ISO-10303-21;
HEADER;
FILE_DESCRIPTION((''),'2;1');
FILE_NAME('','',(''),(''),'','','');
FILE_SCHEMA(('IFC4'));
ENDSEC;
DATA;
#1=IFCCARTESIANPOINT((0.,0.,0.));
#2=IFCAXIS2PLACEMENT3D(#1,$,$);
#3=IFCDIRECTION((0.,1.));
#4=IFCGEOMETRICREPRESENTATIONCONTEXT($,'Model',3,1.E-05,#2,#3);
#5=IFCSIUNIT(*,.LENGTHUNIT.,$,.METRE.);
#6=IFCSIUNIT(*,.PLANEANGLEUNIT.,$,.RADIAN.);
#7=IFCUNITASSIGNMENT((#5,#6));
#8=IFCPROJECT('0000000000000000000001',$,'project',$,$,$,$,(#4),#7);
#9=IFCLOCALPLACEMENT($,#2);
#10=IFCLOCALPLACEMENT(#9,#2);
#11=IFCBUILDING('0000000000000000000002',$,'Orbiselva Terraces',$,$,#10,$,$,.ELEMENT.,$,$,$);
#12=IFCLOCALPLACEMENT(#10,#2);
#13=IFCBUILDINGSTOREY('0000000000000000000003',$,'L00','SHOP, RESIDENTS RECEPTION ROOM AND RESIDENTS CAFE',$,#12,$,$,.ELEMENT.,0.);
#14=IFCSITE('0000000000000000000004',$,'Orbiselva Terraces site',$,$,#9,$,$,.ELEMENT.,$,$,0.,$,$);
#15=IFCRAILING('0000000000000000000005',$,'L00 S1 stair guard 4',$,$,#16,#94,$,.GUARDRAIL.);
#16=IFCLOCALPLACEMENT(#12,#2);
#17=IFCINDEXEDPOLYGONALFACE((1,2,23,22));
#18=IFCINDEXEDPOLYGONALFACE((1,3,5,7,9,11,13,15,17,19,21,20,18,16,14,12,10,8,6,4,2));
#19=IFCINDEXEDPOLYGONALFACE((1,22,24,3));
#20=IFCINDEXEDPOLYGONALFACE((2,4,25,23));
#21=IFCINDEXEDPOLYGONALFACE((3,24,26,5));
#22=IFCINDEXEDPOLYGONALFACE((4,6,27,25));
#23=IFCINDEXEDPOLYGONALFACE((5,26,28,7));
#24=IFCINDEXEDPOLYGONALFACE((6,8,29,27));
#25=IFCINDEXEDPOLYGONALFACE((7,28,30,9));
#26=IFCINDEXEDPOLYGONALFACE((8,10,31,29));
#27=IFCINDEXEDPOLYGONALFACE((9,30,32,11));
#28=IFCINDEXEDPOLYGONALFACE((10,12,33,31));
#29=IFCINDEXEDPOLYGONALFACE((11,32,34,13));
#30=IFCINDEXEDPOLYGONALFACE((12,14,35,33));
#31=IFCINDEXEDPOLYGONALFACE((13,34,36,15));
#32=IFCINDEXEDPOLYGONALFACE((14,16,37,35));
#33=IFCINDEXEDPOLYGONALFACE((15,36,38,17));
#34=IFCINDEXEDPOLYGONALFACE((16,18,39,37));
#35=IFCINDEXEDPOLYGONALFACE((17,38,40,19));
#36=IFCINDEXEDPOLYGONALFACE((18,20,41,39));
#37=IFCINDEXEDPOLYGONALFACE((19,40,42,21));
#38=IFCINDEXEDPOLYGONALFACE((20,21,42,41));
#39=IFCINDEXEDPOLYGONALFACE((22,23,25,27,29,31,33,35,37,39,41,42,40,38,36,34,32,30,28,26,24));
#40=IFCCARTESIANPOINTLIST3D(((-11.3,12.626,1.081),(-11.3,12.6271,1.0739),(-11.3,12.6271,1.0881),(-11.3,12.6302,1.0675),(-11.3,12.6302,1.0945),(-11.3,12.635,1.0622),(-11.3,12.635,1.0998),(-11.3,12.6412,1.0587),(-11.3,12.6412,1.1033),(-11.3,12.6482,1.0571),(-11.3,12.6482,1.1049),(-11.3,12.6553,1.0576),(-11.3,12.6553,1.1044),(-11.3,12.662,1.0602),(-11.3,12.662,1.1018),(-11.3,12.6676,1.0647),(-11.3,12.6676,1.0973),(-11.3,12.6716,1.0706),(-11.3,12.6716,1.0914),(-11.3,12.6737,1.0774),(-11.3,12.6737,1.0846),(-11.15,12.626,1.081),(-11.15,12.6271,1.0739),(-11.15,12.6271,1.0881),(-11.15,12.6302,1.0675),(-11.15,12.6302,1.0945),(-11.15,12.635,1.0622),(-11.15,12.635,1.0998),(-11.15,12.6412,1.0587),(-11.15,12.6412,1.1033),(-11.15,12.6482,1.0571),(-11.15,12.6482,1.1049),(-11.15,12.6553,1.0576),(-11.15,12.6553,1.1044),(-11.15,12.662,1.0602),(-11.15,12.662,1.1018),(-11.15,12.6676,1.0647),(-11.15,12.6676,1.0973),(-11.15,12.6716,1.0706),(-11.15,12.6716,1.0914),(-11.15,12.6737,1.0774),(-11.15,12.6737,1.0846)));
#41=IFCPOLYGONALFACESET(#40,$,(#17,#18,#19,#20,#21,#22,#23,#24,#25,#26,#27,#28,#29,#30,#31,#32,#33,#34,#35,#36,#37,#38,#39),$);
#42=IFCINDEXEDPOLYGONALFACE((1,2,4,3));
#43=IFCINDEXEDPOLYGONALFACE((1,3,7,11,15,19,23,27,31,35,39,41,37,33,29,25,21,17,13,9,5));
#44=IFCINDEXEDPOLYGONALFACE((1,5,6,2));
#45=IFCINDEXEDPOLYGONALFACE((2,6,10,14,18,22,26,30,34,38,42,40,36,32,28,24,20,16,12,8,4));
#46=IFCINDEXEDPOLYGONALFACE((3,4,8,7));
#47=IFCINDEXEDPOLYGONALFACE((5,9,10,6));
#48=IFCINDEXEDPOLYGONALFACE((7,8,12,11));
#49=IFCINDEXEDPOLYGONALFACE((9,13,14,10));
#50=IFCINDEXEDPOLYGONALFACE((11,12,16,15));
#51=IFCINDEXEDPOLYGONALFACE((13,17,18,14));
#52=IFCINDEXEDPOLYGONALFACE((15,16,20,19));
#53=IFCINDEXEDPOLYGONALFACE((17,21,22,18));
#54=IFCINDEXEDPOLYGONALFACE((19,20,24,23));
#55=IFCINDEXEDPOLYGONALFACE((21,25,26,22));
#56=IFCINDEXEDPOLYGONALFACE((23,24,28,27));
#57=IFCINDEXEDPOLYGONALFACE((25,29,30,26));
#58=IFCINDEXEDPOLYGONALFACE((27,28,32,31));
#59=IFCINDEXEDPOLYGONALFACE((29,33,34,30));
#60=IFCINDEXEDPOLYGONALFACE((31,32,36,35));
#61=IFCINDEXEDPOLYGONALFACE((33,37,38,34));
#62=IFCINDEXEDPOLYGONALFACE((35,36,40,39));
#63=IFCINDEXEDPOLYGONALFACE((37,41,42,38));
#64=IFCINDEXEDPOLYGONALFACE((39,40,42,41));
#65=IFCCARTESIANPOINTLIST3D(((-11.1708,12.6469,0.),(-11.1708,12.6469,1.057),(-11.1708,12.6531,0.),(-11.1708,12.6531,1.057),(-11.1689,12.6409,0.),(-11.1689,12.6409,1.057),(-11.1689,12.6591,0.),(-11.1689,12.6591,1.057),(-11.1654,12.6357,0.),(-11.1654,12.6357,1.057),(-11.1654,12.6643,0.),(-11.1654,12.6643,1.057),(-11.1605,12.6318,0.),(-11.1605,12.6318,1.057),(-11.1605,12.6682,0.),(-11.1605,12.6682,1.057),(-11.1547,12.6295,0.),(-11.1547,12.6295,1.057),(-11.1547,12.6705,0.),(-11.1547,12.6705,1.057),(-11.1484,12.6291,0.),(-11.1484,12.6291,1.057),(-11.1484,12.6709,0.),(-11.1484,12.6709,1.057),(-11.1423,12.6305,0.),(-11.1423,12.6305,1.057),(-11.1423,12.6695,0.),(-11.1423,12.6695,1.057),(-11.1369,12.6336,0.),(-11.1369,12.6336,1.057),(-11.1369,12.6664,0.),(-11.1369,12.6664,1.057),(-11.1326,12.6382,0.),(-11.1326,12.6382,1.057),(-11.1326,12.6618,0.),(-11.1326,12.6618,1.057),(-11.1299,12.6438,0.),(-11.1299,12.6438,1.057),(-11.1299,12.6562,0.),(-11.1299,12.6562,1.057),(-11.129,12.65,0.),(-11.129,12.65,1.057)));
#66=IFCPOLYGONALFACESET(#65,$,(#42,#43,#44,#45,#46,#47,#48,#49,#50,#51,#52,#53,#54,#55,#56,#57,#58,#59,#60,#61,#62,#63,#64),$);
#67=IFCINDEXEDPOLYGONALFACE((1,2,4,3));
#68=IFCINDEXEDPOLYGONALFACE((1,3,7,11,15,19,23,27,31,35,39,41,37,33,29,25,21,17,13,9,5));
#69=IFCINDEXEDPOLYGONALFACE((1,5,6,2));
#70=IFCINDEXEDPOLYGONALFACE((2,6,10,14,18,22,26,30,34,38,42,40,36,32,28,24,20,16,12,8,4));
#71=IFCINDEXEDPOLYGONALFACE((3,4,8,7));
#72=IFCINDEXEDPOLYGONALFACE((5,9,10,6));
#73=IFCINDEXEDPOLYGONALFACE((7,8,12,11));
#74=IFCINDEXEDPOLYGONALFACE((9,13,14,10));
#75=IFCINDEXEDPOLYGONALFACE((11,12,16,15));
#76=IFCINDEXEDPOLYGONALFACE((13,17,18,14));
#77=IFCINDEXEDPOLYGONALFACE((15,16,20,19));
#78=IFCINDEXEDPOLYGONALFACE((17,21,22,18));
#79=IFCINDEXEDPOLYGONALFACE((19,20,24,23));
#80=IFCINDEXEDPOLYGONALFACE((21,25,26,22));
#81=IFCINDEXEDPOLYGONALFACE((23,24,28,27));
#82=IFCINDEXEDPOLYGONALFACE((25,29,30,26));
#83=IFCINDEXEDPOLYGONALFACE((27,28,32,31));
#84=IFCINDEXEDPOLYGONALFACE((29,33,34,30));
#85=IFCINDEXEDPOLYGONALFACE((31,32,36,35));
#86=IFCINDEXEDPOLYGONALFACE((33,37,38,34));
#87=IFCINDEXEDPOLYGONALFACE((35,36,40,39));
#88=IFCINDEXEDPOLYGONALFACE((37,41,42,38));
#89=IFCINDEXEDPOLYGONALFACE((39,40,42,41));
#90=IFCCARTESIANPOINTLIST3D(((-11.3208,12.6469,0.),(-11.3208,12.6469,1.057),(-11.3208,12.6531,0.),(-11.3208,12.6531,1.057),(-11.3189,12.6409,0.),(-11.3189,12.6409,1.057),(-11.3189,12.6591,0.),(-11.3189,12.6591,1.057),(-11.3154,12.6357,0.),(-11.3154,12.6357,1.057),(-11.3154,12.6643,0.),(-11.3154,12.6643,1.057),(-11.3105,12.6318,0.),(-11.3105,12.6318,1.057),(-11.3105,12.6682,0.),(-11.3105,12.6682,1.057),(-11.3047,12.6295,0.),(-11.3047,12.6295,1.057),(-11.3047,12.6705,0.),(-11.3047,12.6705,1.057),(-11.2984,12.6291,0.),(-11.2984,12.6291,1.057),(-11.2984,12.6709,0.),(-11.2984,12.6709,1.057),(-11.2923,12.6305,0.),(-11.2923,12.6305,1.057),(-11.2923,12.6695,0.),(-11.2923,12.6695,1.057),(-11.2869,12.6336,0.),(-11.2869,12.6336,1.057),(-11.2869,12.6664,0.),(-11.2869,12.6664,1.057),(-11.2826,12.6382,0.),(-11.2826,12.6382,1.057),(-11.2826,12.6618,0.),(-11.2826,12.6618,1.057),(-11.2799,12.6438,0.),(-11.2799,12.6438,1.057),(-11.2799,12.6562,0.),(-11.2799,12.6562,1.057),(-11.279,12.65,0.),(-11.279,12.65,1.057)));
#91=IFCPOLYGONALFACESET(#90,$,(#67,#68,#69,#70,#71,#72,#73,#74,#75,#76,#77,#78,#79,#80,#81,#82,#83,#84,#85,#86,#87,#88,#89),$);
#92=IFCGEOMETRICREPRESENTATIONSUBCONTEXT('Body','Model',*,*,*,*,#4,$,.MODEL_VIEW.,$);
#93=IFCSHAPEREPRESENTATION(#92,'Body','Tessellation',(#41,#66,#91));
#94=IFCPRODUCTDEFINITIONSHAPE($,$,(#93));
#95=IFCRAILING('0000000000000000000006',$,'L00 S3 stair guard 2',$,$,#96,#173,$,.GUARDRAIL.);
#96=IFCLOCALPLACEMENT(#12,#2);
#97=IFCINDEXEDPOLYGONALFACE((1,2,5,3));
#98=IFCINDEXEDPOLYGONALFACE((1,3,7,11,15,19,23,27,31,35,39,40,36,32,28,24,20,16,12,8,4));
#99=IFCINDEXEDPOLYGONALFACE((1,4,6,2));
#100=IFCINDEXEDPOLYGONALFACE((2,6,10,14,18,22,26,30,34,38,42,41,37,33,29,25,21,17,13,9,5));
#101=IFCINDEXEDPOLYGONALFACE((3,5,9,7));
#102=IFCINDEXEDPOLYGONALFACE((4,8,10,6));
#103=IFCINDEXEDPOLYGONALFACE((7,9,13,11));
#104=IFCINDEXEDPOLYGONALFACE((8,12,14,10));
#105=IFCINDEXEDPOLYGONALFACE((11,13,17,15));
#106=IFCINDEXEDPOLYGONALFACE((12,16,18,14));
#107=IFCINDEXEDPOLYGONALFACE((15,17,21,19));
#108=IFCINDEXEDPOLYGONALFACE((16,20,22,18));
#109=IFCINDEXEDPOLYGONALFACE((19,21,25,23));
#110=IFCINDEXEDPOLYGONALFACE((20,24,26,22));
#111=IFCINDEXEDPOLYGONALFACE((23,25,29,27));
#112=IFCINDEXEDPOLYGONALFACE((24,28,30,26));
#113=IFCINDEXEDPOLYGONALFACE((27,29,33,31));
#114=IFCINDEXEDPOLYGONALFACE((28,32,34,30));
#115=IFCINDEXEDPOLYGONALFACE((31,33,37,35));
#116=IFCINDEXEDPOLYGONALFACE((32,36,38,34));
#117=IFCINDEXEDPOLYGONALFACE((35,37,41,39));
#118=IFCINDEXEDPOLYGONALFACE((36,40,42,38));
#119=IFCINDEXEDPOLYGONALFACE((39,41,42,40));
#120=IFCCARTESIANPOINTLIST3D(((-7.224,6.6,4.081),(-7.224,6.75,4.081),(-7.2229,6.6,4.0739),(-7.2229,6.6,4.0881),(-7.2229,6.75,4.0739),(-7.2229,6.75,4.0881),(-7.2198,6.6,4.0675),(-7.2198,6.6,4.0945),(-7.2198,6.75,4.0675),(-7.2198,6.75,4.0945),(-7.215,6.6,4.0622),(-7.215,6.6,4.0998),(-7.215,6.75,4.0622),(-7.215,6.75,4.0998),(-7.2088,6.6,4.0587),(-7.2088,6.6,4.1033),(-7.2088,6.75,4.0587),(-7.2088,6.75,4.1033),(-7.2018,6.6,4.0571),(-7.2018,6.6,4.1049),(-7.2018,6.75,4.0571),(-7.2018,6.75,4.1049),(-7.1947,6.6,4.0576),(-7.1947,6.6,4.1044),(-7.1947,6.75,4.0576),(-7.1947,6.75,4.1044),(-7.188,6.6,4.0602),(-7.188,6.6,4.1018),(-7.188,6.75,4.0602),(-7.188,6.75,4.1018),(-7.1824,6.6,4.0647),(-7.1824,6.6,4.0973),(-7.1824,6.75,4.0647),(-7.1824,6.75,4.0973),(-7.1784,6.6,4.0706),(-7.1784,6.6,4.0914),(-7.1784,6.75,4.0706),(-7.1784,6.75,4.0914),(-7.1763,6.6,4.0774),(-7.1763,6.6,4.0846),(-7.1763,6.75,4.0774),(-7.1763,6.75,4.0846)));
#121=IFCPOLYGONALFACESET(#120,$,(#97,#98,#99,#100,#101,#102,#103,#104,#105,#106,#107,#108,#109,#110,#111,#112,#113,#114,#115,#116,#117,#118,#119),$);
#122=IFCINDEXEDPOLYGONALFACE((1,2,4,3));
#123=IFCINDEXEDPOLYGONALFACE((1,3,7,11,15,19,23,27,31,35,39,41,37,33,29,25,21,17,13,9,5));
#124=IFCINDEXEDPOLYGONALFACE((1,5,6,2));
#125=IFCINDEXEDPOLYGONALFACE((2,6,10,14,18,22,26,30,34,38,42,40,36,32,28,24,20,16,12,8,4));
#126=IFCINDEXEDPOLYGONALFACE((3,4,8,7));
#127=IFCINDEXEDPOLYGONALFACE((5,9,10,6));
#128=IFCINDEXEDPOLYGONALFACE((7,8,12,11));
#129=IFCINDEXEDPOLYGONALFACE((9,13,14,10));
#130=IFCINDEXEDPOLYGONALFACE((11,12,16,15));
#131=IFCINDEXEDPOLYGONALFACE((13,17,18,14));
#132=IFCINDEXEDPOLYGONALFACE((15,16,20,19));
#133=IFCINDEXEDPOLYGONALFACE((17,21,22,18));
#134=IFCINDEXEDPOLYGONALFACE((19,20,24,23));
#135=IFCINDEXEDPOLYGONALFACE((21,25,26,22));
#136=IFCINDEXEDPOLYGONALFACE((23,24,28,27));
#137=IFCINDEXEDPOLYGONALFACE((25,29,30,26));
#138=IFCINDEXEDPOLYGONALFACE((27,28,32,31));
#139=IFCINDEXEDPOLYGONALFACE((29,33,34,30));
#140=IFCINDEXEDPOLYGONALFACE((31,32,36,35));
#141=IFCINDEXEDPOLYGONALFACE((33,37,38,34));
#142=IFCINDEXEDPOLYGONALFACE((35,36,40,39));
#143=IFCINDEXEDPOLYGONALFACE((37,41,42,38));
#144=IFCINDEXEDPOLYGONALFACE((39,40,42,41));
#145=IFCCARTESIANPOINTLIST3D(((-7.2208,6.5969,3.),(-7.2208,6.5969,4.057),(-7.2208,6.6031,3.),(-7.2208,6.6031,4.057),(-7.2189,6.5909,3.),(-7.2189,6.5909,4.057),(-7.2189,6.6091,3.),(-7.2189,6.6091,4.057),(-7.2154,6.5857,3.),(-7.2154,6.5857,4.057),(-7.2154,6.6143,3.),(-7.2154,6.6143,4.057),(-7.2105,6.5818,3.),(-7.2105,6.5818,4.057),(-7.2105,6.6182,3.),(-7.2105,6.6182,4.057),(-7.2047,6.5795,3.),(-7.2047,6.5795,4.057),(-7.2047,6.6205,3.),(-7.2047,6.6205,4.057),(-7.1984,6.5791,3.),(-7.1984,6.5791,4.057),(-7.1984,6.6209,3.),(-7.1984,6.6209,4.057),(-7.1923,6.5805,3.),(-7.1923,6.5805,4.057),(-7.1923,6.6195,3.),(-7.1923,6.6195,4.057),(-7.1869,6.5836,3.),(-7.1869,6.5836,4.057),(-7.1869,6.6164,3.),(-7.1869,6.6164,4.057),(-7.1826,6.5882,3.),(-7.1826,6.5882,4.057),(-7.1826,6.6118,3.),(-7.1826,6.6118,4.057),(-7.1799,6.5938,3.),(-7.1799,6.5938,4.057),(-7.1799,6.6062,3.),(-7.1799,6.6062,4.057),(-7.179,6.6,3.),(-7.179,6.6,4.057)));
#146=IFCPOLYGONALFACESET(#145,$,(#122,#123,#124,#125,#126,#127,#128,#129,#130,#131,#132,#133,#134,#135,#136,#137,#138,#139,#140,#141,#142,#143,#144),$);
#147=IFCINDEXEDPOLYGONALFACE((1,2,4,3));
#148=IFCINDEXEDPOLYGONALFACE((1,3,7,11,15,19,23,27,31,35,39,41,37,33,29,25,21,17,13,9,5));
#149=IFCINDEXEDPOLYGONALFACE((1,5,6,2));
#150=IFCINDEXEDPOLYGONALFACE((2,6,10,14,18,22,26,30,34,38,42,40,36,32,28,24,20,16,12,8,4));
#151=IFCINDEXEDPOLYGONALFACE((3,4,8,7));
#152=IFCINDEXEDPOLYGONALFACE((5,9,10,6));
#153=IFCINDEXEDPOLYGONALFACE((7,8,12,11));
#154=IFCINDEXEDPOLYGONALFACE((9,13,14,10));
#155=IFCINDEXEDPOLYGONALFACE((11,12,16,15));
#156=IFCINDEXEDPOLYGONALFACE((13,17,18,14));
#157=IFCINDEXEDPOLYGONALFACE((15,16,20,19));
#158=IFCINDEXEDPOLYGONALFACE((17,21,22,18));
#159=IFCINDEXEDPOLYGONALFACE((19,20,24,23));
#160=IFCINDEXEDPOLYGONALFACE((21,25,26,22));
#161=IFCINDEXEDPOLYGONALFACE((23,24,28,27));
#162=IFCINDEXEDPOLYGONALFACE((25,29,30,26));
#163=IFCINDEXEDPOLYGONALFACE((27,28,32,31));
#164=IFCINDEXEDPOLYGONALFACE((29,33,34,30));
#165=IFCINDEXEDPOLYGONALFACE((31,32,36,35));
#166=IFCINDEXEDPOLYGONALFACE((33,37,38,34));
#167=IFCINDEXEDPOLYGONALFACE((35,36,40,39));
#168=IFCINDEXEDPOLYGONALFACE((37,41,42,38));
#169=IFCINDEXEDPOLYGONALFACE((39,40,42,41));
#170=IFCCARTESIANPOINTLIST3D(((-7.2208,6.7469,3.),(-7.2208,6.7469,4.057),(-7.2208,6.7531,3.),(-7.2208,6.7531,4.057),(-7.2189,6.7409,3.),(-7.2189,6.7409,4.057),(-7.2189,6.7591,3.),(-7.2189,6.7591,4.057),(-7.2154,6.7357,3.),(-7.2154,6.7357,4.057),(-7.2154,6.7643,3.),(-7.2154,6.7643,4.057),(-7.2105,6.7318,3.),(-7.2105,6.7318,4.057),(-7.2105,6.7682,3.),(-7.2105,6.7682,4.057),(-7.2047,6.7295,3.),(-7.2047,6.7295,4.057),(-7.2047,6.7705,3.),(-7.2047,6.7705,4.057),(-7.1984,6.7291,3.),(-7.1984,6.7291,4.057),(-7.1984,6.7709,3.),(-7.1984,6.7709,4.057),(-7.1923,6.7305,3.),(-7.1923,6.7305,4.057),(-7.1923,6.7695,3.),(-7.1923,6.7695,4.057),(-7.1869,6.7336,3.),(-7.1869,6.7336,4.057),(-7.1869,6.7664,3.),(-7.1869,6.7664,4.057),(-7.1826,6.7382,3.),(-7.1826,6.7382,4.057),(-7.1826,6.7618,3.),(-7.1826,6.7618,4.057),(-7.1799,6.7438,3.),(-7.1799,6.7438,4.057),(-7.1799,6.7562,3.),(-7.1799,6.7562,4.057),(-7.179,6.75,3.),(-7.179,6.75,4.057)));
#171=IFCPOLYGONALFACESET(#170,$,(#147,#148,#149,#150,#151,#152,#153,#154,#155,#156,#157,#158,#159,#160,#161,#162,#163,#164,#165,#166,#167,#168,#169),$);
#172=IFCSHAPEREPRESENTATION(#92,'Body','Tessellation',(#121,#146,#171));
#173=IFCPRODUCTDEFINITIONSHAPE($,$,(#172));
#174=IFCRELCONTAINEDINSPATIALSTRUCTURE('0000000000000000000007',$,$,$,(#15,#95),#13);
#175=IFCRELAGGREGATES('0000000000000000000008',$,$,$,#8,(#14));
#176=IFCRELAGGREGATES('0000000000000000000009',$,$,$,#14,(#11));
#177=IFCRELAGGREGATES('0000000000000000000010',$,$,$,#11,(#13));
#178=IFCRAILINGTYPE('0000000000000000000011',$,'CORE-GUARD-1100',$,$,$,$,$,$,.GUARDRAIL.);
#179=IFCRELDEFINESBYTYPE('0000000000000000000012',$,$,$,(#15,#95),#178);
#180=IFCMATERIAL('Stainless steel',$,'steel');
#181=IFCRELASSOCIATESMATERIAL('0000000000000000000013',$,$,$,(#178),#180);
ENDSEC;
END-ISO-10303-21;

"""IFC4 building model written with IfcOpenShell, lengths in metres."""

from ifc_helpers import new_model, si_unit, direction, frame, origin, origin_2d, place, context, subcontext, project, spatial, circle, extrude, material, type_object, element, save


model = new_model("IFC4")

# Units and contexts
model_context = context("Model", 3, precision=1e-05, world=origin(), true_north=direction((0.0, 1.0)))
body_context = subcontext(model_context, "Body", "Model", "MODEL_VIEW")
ifc_project = project(units=[si_unit("LENGTHUNIT", "METRE"), si_unit("PLANEANGLEUNIT", "RADIAN")], contexts=[model_context])

# Site, building, storey
site_placement = place(None, origin())
site = spatial("IfcSite", under=ifc_project, at=site_placement, Name="Orbiselva Terraces site", CompositionType="ELEMENT", RefElevation=0.0)
building_placement = place(site_placement, origin())
building = spatial("IfcBuilding", under=site, at=building_placement, Name="Orbiselva Terraces", CompositionType="ELEMENT")
storey_placement = place(building_placement, origin())
storey = spatial("IfcBuildingStorey", under=building, at=storey_placement, Name="L00", Description="SHOP, RESIDENTS RECEPTION ROOM AND RESIDENTS CAFE", CompositionType="ELEMENT", Elevation=0.0)

# Railings
ifc_material_1 = material(Name="Stainless steel", Category="steel")
railing_type_1 = type_object("IfcRailingType", Name="CORE-GUARD-1100", PredefinedType="GUARDRAIL", material=ifc_material_1)
railing_1_placement = place(storey_placement, frame((-11.15, 12.65, 0.0)))
element("IfcRailing", 1, at=railing_1_placement, inside=storey, type_object=railing_type_1, Name="L00 S1 stair guard 4", PredefinedType="GUARDRAIL", context=body_context, shape_type="SweptSolid", body=[
    extrude(circle(Radius=0.024, at=origin_2d()), frame((0.0, 0.0, 1.081), z_axis=(-1.0, 0.0, 0.0), x_axis=(0.0, -1.0, 0.0)), (0.0, 0.0, 1.0), 0.15),
    extrude(circle(Radius=0.021, at=origin_2d()), origin(), (0.0, 0.0, 1.0), 1.057),
    extrude(circle(Radius=0.021, at=origin_2d()), frame((-0.15, 0.0, 0.0)), (0.0, 0.0, 1.0), 1.057),
])
railing_2_placement = place(storey_placement, frame((-7.2, 6.6, 3.0)))
element("IfcRailing", 2, at=railing_2_placement, inside=storey, type_object=railing_type_1, Name="L00 S3 stair guard 2", PredefinedType="GUARDRAIL", context=body_context, shape_type="SweptSolid", body=[
    extrude(circle(Radius=0.024, at=origin_2d()), frame((0.0, 0.0, 1.081), z_axis=(0.0, 1.0, 0.0), x_axis=(-1.0, 0.0, 0.0)), (0.0, 0.0, 1.0), 0.15),
    extrude(circle(Radius=0.021, at=origin_2d()), origin(), (0.0, 0.0, 1.0), 1.057),
    extrude(circle(Radius=0.021, at=origin_2d()), frame((0.0, 0.15, 0.0)), (0.0, 0.0, 1.0), 1.057),
])

save(model, "model.ifc")
